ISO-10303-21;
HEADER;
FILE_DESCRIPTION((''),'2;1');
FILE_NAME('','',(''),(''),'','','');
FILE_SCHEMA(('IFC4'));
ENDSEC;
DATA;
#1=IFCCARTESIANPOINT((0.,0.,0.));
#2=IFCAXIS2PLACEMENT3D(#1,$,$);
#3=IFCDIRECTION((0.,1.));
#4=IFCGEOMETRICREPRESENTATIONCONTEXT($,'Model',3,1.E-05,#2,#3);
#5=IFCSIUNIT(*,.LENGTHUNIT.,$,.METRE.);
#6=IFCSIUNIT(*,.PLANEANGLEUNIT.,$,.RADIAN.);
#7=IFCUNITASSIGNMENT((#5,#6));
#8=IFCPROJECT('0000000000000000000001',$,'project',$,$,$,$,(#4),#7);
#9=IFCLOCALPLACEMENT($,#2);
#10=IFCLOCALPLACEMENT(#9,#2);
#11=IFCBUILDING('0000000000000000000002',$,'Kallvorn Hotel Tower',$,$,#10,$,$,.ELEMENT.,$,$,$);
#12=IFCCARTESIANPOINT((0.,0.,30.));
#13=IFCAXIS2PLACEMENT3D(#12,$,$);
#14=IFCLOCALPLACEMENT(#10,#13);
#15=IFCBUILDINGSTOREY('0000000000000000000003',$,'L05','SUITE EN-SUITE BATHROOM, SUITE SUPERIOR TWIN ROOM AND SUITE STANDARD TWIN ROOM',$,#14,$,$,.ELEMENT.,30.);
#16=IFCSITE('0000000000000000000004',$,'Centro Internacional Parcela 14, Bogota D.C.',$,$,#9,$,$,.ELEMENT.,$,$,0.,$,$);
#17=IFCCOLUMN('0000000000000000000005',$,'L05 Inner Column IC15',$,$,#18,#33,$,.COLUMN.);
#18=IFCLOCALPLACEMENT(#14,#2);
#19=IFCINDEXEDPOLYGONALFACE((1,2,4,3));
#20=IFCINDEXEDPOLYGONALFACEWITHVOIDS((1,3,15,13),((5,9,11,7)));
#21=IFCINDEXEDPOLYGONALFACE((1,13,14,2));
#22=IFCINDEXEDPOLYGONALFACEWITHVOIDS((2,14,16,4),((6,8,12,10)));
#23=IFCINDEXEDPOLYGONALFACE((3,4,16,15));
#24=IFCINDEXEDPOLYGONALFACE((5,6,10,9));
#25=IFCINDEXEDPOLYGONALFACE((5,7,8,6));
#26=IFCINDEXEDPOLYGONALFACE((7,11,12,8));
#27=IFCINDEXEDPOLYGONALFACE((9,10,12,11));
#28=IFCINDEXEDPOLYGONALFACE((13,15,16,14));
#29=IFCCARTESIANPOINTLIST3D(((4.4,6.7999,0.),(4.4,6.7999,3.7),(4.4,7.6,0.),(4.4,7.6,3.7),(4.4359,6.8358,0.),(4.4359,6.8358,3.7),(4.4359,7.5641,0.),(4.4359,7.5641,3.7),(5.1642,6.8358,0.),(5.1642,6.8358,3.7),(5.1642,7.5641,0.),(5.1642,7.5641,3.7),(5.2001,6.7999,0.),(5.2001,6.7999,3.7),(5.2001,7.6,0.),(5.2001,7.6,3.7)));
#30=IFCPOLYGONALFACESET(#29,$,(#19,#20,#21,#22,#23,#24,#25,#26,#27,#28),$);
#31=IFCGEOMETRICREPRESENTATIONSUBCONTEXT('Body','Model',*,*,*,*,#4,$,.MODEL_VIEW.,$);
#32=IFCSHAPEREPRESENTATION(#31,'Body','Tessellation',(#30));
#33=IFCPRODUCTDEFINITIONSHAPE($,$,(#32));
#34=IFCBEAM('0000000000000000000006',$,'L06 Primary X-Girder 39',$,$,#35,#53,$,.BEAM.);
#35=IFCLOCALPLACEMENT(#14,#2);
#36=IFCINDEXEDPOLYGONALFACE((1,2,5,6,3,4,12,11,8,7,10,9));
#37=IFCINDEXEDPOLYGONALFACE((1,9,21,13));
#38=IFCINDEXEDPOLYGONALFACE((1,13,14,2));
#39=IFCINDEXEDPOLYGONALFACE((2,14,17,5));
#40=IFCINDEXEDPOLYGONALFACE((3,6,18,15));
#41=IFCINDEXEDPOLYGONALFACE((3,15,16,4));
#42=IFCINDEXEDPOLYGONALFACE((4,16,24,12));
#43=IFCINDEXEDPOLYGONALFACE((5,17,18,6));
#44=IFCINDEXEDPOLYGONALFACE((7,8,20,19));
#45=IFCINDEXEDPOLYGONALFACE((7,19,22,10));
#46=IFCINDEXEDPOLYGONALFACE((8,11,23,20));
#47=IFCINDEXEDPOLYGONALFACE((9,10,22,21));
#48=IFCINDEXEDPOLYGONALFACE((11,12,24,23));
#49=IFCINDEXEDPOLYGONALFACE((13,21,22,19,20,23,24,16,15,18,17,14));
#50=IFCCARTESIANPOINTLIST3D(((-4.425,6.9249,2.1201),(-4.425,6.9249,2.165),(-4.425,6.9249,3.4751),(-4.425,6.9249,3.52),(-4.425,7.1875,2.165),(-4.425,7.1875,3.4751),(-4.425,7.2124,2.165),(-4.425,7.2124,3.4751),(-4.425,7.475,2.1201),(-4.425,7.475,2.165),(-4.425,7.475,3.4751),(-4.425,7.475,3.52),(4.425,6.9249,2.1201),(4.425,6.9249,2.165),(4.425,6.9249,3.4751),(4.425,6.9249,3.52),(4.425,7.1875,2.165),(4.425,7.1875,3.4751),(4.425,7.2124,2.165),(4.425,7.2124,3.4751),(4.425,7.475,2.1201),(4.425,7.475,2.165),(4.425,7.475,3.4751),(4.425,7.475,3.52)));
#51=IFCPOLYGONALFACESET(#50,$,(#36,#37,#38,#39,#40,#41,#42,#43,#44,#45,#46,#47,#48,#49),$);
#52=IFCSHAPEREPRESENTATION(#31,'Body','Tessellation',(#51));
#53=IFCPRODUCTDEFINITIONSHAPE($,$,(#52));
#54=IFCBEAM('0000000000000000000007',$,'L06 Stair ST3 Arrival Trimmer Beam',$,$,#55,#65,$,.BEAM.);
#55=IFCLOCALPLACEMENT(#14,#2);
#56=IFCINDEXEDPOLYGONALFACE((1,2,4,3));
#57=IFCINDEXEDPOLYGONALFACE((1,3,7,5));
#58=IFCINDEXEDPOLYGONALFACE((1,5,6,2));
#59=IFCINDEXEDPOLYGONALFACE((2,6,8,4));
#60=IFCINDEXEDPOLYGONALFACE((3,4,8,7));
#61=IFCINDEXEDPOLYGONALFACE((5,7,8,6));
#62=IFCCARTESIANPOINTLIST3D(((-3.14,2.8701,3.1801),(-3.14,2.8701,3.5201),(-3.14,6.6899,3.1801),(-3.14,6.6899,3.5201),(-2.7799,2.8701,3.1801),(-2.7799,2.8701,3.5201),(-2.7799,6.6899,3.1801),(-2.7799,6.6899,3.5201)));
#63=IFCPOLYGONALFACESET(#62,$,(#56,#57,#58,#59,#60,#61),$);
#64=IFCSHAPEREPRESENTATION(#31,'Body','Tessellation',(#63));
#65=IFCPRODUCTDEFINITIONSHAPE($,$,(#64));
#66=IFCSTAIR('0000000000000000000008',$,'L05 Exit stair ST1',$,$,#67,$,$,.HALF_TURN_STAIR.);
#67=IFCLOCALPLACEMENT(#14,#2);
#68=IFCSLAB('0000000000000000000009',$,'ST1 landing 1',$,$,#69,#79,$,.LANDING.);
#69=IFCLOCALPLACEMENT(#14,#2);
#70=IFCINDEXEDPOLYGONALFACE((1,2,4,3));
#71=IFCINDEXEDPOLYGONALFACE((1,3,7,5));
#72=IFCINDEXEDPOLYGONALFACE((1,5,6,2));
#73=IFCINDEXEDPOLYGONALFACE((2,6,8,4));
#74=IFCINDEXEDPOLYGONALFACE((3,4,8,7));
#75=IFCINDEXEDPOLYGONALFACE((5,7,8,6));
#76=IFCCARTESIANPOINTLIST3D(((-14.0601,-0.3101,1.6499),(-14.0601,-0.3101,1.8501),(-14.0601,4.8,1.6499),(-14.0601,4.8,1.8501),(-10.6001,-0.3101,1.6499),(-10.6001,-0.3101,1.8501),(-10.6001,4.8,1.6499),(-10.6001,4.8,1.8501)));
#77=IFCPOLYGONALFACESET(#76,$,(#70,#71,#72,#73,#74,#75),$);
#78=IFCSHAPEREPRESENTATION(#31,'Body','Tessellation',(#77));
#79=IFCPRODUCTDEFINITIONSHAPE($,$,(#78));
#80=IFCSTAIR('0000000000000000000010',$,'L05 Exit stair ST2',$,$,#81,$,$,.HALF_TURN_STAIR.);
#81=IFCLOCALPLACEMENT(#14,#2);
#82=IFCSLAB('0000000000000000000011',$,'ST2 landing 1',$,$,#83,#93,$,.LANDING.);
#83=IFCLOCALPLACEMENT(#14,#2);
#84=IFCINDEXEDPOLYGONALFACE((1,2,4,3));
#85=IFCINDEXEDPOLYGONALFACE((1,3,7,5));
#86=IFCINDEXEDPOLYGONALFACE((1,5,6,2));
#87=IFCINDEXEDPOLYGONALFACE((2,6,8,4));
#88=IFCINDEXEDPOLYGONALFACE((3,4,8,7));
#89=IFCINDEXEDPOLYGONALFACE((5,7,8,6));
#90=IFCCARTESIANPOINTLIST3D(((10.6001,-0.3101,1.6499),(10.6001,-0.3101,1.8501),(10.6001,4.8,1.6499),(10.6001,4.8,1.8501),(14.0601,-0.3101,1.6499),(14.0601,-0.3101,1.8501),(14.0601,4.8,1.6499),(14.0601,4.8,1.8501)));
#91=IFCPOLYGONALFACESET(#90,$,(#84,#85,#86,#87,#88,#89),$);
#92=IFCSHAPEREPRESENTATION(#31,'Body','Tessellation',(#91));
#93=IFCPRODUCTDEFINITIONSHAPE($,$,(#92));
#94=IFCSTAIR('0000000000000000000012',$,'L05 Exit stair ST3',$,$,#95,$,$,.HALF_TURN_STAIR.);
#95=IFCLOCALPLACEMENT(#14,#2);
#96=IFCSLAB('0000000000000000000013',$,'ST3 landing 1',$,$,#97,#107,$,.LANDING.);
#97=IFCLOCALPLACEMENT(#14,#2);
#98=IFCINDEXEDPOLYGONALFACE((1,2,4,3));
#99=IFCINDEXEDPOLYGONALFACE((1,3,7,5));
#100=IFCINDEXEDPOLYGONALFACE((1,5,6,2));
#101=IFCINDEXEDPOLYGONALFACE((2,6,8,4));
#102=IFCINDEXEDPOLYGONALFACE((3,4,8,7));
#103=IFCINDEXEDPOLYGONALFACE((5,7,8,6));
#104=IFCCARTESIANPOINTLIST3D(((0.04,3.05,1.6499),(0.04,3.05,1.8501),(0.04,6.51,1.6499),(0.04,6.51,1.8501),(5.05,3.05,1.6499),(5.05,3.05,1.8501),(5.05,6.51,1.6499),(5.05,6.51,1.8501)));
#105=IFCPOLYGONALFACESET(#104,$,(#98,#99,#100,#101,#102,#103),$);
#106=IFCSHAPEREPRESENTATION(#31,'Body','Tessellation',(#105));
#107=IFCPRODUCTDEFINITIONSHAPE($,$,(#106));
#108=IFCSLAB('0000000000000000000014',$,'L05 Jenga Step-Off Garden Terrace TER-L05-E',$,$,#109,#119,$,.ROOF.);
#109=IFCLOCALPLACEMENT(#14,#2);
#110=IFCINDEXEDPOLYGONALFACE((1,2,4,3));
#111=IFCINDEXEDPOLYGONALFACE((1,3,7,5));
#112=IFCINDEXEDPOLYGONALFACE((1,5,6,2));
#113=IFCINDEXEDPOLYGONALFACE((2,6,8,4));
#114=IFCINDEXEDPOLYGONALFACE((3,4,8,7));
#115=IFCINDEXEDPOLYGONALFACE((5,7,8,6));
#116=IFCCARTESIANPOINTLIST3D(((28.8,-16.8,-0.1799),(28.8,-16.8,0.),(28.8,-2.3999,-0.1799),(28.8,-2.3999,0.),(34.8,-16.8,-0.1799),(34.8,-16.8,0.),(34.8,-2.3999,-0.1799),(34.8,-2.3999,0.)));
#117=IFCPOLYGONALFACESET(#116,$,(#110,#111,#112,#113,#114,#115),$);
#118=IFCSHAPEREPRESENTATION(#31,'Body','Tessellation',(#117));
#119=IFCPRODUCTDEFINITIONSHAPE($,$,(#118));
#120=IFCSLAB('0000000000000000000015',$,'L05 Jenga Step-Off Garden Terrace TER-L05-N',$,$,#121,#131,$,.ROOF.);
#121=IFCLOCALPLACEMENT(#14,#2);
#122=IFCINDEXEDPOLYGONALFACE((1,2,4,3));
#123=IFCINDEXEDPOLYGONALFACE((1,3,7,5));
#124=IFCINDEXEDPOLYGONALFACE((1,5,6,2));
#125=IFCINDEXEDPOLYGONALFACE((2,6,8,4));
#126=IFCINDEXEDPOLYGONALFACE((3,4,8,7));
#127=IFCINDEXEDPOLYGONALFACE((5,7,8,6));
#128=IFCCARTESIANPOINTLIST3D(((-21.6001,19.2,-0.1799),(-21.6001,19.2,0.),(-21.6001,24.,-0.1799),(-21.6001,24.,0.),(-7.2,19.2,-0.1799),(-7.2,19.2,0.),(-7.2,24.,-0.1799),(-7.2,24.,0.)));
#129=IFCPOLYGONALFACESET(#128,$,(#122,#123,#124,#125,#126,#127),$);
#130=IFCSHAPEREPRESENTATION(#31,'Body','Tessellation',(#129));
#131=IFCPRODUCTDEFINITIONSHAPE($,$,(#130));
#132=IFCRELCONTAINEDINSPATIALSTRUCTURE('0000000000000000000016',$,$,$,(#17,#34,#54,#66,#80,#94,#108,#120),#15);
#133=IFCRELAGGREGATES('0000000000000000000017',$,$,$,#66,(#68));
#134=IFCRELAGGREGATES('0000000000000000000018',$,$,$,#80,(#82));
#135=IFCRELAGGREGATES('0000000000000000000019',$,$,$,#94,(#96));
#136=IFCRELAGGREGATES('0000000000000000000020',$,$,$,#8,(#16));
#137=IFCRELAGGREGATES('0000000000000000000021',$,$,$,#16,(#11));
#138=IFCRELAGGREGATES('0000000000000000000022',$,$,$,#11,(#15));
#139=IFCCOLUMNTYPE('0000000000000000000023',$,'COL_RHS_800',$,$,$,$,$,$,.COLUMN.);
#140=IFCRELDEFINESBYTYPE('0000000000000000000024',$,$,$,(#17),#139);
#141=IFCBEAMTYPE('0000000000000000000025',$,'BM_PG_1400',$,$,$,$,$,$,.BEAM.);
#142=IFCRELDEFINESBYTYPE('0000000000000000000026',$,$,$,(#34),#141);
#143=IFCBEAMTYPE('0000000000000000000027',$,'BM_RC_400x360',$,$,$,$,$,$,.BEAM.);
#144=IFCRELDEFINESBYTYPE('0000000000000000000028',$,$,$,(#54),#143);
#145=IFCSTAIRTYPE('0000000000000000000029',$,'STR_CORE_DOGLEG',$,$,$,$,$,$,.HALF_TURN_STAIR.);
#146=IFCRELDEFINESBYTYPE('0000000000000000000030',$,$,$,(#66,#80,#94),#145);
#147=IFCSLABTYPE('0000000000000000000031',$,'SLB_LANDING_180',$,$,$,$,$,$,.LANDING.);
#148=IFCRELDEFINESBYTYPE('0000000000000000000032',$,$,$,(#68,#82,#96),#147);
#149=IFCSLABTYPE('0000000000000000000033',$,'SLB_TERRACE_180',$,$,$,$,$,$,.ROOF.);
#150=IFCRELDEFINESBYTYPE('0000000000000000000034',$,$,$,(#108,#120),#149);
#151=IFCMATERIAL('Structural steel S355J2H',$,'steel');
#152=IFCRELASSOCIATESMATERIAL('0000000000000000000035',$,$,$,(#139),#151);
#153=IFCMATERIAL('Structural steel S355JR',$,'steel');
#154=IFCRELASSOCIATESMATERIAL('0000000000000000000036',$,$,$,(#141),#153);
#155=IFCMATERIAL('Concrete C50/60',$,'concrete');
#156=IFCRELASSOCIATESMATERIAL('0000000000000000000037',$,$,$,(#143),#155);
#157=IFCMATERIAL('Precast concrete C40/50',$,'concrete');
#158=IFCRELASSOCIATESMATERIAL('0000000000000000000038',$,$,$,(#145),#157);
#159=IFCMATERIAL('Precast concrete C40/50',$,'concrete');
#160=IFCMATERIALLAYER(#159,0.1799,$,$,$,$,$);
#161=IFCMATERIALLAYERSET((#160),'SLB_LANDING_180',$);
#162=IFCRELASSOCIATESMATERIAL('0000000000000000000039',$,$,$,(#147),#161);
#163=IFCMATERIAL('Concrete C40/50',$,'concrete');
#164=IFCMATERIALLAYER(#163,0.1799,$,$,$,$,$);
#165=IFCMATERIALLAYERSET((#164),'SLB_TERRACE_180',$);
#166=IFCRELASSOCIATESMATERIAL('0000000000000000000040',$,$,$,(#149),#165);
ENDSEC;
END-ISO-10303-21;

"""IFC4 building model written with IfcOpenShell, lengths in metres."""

from ifc_helpers import new_model, si_unit, direction, frame, origin, origin_2d, place, context, subcontext, project, spatial, polyline, rectangle, hollow_rectangle, i_section, outline, extrude, material, layer, layer_set, material_profile, profile_set, type_object, element, aggregate, save


model = new_model("IFC4")

# Units and contexts
model_context = context("Model", 3, precision=1e-05, world=origin(), true_north=direction((0.0, 1.0)))
body_context = subcontext(model_context, "Body", "Model", "MODEL_VIEW")
ifc_project = project(units=[si_unit("LENGTHUNIT", "METRE"), si_unit("PLANEANGLEUNIT", "RADIAN")], contexts=[model_context])

# Site, building, storey
site_placement = place(None, origin())
site = spatial("IfcSite", under=ifc_project, at=site_placement, Name="Centro Internacional Parcela 14, Bogota D.C.", CompositionType="ELEMENT", RefElevation=0.0)
building_placement = place(site_placement, origin())
building = spatial("IfcBuilding", under=site, at=building_placement, Name="Kallvorn Hotel Tower", CompositionType="ELEMENT")
storey_placement = place(building_placement, frame((0.0, 0.0, 30.0)))
storey = spatial("IfcBuildingStorey", under=building, at=storey_placement, Name="L05", Description="SUITE EN-SUITE BATHROOM, SUITE SUPERIOR TWIN ROOM AND SUITE STANDARD TWIN ROOM", CompositionType="ELEMENT", Elevation=30.0)

# Column
ifc_material_1 = material(Name="Structural steel S355J2H", Category="steel")
ifc_material_profile_1 = material_profile(ifc_material_1, hollow_rectangle(XDim=0.8, YDim=0.8, WallThickness=0.0359, at=origin_2d()), Name="RHS 800x800x36")
ifc_profile_set_1 = profile_set([ifc_material_profile_1], Name="Structural steel S355J2H")
column_type = type_object("IfcColumnType", Name="COL_RHS_800", PredefinedType="COLUMN", material=ifc_profile_set_1)
column_placement = place(storey_placement, frame((4.8, 7.2, 0.0), z_axis=(0.0, 0.0, 1.0), x_axis=(1.0, 0.0, 0.0)))
element("IfcColumn", 1, at=column_placement, inside=storey, type_object=column_type, Name="L05 Inner Column IC15", PredefinedType="COLUMN", context=body_context, shape_type="SweptSolid", body=[
    extrude(hollow_rectangle(XDim=0.8, YDim=0.8, WallThickness=0.0359, at=origin_2d()), origin(), (0.0, 0.0, 1.0), 3.7),
])

# Beams
ifc_material_2 = material(Name="Structural steel S355JR", Category="steel")
ifc_material_profile_2 = material_profile(ifc_material_2, i_section(OverallWidth=0.55, OverallDepth=1.3999, WebThickness=0.0249, FlangeThickness=0.0449, at=origin_2d()), Name="PG 1400x550x25x45")
ifc_profile_set_2 = profile_set([ifc_material_profile_2], Name="Structural steel S355JR")
beam_type_1 = type_object("IfcBeamType", Name="BM_PG_1400", PredefinedType="BEAM", material=ifc_profile_set_2)
beam_1_placement = place(storey_placement, frame((-4.425, 7.2, 2.8201), z_axis=(1.0, 0.0, 0.0), x_axis=(0.0, 1.0, 0.0)))
element("IfcBeam", 2, at=beam_1_placement, inside=storey, type_object=beam_type_1, Name="L06 Primary X-Girder 39", PredefinedType="BEAM", context=body_context, shape_type="SweptSolid", body=[
    extrude(i_section(OverallWidth=0.55, OverallDepth=1.3999, WebThickness=0.0249, FlangeThickness=0.0449, at=origin_2d()), origin(), (0.0, 0.0, 1.0), 8.8501),
])
ifc_material_3 = material(Name="Concrete C50/60", Category="concrete")
ifc_material_profile_3 = material_profile(ifc_material_3, rectangle(XDim=0.3601, YDim=0.3401, at=origin_2d()), Name="RC 360x340")
ifc_profile_set_3 = profile_set([ifc_material_profile_3], Name="Concrete C50/60")
beam_type_2 = type_object("IfcBeamType", Name="BM_RC_400x360", PredefinedType="BEAM", material=ifc_profile_set_3)
beam_2_placement = place(storey_placement, frame((-2.96, 2.8701, 3.3501), z_axis=(0.0, 1.0, 0.0), x_axis=(-1.0, 0.0, 0.0)))
element("IfcBeam", 3, at=beam_2_placement, inside=storey, type_object=beam_type_2, Name="L06 Stair ST3 Arrival Trimmer Beam", PredefinedType="BEAM", context=body_context, shape_type="SweptSolid", body=[
    extrude(rectangle(XDim=0.3601, YDim=0.3401, at=origin_2d()), origin(), (0.0, 0.0, 1.0), 3.8198),
])

# Stairs, slabs
ifc_material_4 = material(Name="Precast concrete C40/50", Category="concrete")
stair_type = type_object("IfcStairType", Name="STR_CORE_DOGLEG", PredefinedType="HALF_TURN_STAIR", material=ifc_material_4)
stair_1_placement = place(storey_placement, origin())
stair_1 = element("IfcStair", 4, at=stair_1_placement, inside=storey, type_object=stair_type, Name="L05 Exit stair ST1", PredefinedType="HALF_TURN_STAIR")
ifc_material_5 = material(Name="Precast concrete C40/50", Category="concrete")
ifc_layer_1 = layer(ifc_material_5, 0.1799)
ifc_layer_set_1 = layer_set([ifc_layer_1], Name="SLB_LANDING_180")
slab_type_1 = type_object("IfcSlabType", Name="SLB_LANDING_180", PredefinedType="LANDING", material=ifc_layer_set_1)
slab_1_placement = place(storey_placement, frame((0.0, 0.0, 1.6499)))
slab_1 = element("IfcSlab", 5, at=slab_1_placement, type_object=slab_type_1, Name="ST1 landing 1", PredefinedType="LANDING", context=body_context, shape_type="SweptSolid", body=[
    extrude(outline(polyline([(-10.6001, -0.3101), (-10.6001, 4.8), (-14.0601, 4.8), (-14.0601, -0.3101), (-10.6001, -0.3101)])), origin(), (0.0, 0.0, 1.0), 0.2002),
])
aggregate(stair_1, [slab_1])
stair_2_placement = place(storey_placement, origin())
stair_2 = element("IfcStair", 6, at=stair_2_placement, inside=storey, type_object=stair_type, Name="L05 Exit stair ST2", PredefinedType="HALF_TURN_STAIR")
slab_2_placement = place(storey_placement, frame((0.0, 0.0, 1.6499)))
slab_2 = element("IfcSlab", 7, at=slab_2_placement, type_object=slab_type_1, Name="ST2 landing 1", PredefinedType="LANDING", context=body_context, shape_type="SweptSolid", body=[
    extrude(outline(polyline([(14.0601, -0.3101), (14.0601, 4.8), (10.6001, 4.8), (10.6001, -0.3101), (14.0601, -0.3101)])), origin(), (0.0, 0.0, 1.0), 0.2002),
])
stair_3_placement = place(storey_placement, origin())
stair_3 = element("IfcStair", 8, at=stair_3_placement, inside=storey, type_object=stair_type, Name="L05 Exit stair ST3", PredefinedType="HALF_TURN_STAIR")
slab_3_placement = place(storey_placement, frame((0.0, 0.0, 1.6499)))
slab_3 = element("IfcSlab", 9, at=slab_3_placement, type_object=slab_type_1, Name="ST3 landing 1", PredefinedType="LANDING", context=body_context, shape_type="SweptSolid", body=[
    extrude(outline(polyline([(0.04, 3.05), (5.05, 3.05), (5.05, 6.51), (0.04, 6.51), (0.04, 3.05)])), origin(), (0.0, 0.0, 1.0), 0.2002),
])

# Slabs
ifc_material_6 = material(Name="Concrete C40/50", Category="concrete")
ifc_layer_2 = layer(ifc_material_6, 0.1799)
ifc_layer_set_2 = layer_set([ifc_layer_2], Name="SLB_TERRACE_180")
slab_type_2 = type_object("IfcSlabType", Name="SLB_TERRACE_180", PredefinedType="ROOF", material=ifc_layer_set_2)
slab_4_placement = place(storey_placement, frame((0.0, 0.0, -0.1799)))
element("IfcSlab", 10, at=slab_4_placement, inside=storey, type_object=slab_type_2, Name="L05 Jenga Step-Off Garden Terrace TER-L05-E", PredefinedType="ROOF", context=body_context, shape_type="SweptSolid", body=[
    extrude(outline(polyline([(28.8, -16.8), (34.8, -16.8), (34.8, -2.3999), (28.8, -2.3999), (28.8, -16.8)])), origin(), (0.0, 0.0, 1.0), 0.1799),
])
slab_5_placement = place(storey_placement, frame((0.0, 0.0, -0.1799)))
element("IfcSlab", 11, at=slab_5_placement, inside=storey, type_object=slab_type_2, Name="L05 Jenga Step-Off Garden Terrace TER-L05-N", PredefinedType="ROOF", context=body_context, shape_type="SweptSolid", body=[
    extrude(outline(polyline([(-21.6001, 19.2), (-7.2, 19.2), (-7.2, 24.0), (-21.6001, 24.0), (-21.6001, 19.2)])), origin(), (0.0, 0.0, 1.0), 0.1799),
])

aggregate(stair_2, [slab_2])
aggregate(stair_3, [slab_3])

save(model, "model.ifc")
